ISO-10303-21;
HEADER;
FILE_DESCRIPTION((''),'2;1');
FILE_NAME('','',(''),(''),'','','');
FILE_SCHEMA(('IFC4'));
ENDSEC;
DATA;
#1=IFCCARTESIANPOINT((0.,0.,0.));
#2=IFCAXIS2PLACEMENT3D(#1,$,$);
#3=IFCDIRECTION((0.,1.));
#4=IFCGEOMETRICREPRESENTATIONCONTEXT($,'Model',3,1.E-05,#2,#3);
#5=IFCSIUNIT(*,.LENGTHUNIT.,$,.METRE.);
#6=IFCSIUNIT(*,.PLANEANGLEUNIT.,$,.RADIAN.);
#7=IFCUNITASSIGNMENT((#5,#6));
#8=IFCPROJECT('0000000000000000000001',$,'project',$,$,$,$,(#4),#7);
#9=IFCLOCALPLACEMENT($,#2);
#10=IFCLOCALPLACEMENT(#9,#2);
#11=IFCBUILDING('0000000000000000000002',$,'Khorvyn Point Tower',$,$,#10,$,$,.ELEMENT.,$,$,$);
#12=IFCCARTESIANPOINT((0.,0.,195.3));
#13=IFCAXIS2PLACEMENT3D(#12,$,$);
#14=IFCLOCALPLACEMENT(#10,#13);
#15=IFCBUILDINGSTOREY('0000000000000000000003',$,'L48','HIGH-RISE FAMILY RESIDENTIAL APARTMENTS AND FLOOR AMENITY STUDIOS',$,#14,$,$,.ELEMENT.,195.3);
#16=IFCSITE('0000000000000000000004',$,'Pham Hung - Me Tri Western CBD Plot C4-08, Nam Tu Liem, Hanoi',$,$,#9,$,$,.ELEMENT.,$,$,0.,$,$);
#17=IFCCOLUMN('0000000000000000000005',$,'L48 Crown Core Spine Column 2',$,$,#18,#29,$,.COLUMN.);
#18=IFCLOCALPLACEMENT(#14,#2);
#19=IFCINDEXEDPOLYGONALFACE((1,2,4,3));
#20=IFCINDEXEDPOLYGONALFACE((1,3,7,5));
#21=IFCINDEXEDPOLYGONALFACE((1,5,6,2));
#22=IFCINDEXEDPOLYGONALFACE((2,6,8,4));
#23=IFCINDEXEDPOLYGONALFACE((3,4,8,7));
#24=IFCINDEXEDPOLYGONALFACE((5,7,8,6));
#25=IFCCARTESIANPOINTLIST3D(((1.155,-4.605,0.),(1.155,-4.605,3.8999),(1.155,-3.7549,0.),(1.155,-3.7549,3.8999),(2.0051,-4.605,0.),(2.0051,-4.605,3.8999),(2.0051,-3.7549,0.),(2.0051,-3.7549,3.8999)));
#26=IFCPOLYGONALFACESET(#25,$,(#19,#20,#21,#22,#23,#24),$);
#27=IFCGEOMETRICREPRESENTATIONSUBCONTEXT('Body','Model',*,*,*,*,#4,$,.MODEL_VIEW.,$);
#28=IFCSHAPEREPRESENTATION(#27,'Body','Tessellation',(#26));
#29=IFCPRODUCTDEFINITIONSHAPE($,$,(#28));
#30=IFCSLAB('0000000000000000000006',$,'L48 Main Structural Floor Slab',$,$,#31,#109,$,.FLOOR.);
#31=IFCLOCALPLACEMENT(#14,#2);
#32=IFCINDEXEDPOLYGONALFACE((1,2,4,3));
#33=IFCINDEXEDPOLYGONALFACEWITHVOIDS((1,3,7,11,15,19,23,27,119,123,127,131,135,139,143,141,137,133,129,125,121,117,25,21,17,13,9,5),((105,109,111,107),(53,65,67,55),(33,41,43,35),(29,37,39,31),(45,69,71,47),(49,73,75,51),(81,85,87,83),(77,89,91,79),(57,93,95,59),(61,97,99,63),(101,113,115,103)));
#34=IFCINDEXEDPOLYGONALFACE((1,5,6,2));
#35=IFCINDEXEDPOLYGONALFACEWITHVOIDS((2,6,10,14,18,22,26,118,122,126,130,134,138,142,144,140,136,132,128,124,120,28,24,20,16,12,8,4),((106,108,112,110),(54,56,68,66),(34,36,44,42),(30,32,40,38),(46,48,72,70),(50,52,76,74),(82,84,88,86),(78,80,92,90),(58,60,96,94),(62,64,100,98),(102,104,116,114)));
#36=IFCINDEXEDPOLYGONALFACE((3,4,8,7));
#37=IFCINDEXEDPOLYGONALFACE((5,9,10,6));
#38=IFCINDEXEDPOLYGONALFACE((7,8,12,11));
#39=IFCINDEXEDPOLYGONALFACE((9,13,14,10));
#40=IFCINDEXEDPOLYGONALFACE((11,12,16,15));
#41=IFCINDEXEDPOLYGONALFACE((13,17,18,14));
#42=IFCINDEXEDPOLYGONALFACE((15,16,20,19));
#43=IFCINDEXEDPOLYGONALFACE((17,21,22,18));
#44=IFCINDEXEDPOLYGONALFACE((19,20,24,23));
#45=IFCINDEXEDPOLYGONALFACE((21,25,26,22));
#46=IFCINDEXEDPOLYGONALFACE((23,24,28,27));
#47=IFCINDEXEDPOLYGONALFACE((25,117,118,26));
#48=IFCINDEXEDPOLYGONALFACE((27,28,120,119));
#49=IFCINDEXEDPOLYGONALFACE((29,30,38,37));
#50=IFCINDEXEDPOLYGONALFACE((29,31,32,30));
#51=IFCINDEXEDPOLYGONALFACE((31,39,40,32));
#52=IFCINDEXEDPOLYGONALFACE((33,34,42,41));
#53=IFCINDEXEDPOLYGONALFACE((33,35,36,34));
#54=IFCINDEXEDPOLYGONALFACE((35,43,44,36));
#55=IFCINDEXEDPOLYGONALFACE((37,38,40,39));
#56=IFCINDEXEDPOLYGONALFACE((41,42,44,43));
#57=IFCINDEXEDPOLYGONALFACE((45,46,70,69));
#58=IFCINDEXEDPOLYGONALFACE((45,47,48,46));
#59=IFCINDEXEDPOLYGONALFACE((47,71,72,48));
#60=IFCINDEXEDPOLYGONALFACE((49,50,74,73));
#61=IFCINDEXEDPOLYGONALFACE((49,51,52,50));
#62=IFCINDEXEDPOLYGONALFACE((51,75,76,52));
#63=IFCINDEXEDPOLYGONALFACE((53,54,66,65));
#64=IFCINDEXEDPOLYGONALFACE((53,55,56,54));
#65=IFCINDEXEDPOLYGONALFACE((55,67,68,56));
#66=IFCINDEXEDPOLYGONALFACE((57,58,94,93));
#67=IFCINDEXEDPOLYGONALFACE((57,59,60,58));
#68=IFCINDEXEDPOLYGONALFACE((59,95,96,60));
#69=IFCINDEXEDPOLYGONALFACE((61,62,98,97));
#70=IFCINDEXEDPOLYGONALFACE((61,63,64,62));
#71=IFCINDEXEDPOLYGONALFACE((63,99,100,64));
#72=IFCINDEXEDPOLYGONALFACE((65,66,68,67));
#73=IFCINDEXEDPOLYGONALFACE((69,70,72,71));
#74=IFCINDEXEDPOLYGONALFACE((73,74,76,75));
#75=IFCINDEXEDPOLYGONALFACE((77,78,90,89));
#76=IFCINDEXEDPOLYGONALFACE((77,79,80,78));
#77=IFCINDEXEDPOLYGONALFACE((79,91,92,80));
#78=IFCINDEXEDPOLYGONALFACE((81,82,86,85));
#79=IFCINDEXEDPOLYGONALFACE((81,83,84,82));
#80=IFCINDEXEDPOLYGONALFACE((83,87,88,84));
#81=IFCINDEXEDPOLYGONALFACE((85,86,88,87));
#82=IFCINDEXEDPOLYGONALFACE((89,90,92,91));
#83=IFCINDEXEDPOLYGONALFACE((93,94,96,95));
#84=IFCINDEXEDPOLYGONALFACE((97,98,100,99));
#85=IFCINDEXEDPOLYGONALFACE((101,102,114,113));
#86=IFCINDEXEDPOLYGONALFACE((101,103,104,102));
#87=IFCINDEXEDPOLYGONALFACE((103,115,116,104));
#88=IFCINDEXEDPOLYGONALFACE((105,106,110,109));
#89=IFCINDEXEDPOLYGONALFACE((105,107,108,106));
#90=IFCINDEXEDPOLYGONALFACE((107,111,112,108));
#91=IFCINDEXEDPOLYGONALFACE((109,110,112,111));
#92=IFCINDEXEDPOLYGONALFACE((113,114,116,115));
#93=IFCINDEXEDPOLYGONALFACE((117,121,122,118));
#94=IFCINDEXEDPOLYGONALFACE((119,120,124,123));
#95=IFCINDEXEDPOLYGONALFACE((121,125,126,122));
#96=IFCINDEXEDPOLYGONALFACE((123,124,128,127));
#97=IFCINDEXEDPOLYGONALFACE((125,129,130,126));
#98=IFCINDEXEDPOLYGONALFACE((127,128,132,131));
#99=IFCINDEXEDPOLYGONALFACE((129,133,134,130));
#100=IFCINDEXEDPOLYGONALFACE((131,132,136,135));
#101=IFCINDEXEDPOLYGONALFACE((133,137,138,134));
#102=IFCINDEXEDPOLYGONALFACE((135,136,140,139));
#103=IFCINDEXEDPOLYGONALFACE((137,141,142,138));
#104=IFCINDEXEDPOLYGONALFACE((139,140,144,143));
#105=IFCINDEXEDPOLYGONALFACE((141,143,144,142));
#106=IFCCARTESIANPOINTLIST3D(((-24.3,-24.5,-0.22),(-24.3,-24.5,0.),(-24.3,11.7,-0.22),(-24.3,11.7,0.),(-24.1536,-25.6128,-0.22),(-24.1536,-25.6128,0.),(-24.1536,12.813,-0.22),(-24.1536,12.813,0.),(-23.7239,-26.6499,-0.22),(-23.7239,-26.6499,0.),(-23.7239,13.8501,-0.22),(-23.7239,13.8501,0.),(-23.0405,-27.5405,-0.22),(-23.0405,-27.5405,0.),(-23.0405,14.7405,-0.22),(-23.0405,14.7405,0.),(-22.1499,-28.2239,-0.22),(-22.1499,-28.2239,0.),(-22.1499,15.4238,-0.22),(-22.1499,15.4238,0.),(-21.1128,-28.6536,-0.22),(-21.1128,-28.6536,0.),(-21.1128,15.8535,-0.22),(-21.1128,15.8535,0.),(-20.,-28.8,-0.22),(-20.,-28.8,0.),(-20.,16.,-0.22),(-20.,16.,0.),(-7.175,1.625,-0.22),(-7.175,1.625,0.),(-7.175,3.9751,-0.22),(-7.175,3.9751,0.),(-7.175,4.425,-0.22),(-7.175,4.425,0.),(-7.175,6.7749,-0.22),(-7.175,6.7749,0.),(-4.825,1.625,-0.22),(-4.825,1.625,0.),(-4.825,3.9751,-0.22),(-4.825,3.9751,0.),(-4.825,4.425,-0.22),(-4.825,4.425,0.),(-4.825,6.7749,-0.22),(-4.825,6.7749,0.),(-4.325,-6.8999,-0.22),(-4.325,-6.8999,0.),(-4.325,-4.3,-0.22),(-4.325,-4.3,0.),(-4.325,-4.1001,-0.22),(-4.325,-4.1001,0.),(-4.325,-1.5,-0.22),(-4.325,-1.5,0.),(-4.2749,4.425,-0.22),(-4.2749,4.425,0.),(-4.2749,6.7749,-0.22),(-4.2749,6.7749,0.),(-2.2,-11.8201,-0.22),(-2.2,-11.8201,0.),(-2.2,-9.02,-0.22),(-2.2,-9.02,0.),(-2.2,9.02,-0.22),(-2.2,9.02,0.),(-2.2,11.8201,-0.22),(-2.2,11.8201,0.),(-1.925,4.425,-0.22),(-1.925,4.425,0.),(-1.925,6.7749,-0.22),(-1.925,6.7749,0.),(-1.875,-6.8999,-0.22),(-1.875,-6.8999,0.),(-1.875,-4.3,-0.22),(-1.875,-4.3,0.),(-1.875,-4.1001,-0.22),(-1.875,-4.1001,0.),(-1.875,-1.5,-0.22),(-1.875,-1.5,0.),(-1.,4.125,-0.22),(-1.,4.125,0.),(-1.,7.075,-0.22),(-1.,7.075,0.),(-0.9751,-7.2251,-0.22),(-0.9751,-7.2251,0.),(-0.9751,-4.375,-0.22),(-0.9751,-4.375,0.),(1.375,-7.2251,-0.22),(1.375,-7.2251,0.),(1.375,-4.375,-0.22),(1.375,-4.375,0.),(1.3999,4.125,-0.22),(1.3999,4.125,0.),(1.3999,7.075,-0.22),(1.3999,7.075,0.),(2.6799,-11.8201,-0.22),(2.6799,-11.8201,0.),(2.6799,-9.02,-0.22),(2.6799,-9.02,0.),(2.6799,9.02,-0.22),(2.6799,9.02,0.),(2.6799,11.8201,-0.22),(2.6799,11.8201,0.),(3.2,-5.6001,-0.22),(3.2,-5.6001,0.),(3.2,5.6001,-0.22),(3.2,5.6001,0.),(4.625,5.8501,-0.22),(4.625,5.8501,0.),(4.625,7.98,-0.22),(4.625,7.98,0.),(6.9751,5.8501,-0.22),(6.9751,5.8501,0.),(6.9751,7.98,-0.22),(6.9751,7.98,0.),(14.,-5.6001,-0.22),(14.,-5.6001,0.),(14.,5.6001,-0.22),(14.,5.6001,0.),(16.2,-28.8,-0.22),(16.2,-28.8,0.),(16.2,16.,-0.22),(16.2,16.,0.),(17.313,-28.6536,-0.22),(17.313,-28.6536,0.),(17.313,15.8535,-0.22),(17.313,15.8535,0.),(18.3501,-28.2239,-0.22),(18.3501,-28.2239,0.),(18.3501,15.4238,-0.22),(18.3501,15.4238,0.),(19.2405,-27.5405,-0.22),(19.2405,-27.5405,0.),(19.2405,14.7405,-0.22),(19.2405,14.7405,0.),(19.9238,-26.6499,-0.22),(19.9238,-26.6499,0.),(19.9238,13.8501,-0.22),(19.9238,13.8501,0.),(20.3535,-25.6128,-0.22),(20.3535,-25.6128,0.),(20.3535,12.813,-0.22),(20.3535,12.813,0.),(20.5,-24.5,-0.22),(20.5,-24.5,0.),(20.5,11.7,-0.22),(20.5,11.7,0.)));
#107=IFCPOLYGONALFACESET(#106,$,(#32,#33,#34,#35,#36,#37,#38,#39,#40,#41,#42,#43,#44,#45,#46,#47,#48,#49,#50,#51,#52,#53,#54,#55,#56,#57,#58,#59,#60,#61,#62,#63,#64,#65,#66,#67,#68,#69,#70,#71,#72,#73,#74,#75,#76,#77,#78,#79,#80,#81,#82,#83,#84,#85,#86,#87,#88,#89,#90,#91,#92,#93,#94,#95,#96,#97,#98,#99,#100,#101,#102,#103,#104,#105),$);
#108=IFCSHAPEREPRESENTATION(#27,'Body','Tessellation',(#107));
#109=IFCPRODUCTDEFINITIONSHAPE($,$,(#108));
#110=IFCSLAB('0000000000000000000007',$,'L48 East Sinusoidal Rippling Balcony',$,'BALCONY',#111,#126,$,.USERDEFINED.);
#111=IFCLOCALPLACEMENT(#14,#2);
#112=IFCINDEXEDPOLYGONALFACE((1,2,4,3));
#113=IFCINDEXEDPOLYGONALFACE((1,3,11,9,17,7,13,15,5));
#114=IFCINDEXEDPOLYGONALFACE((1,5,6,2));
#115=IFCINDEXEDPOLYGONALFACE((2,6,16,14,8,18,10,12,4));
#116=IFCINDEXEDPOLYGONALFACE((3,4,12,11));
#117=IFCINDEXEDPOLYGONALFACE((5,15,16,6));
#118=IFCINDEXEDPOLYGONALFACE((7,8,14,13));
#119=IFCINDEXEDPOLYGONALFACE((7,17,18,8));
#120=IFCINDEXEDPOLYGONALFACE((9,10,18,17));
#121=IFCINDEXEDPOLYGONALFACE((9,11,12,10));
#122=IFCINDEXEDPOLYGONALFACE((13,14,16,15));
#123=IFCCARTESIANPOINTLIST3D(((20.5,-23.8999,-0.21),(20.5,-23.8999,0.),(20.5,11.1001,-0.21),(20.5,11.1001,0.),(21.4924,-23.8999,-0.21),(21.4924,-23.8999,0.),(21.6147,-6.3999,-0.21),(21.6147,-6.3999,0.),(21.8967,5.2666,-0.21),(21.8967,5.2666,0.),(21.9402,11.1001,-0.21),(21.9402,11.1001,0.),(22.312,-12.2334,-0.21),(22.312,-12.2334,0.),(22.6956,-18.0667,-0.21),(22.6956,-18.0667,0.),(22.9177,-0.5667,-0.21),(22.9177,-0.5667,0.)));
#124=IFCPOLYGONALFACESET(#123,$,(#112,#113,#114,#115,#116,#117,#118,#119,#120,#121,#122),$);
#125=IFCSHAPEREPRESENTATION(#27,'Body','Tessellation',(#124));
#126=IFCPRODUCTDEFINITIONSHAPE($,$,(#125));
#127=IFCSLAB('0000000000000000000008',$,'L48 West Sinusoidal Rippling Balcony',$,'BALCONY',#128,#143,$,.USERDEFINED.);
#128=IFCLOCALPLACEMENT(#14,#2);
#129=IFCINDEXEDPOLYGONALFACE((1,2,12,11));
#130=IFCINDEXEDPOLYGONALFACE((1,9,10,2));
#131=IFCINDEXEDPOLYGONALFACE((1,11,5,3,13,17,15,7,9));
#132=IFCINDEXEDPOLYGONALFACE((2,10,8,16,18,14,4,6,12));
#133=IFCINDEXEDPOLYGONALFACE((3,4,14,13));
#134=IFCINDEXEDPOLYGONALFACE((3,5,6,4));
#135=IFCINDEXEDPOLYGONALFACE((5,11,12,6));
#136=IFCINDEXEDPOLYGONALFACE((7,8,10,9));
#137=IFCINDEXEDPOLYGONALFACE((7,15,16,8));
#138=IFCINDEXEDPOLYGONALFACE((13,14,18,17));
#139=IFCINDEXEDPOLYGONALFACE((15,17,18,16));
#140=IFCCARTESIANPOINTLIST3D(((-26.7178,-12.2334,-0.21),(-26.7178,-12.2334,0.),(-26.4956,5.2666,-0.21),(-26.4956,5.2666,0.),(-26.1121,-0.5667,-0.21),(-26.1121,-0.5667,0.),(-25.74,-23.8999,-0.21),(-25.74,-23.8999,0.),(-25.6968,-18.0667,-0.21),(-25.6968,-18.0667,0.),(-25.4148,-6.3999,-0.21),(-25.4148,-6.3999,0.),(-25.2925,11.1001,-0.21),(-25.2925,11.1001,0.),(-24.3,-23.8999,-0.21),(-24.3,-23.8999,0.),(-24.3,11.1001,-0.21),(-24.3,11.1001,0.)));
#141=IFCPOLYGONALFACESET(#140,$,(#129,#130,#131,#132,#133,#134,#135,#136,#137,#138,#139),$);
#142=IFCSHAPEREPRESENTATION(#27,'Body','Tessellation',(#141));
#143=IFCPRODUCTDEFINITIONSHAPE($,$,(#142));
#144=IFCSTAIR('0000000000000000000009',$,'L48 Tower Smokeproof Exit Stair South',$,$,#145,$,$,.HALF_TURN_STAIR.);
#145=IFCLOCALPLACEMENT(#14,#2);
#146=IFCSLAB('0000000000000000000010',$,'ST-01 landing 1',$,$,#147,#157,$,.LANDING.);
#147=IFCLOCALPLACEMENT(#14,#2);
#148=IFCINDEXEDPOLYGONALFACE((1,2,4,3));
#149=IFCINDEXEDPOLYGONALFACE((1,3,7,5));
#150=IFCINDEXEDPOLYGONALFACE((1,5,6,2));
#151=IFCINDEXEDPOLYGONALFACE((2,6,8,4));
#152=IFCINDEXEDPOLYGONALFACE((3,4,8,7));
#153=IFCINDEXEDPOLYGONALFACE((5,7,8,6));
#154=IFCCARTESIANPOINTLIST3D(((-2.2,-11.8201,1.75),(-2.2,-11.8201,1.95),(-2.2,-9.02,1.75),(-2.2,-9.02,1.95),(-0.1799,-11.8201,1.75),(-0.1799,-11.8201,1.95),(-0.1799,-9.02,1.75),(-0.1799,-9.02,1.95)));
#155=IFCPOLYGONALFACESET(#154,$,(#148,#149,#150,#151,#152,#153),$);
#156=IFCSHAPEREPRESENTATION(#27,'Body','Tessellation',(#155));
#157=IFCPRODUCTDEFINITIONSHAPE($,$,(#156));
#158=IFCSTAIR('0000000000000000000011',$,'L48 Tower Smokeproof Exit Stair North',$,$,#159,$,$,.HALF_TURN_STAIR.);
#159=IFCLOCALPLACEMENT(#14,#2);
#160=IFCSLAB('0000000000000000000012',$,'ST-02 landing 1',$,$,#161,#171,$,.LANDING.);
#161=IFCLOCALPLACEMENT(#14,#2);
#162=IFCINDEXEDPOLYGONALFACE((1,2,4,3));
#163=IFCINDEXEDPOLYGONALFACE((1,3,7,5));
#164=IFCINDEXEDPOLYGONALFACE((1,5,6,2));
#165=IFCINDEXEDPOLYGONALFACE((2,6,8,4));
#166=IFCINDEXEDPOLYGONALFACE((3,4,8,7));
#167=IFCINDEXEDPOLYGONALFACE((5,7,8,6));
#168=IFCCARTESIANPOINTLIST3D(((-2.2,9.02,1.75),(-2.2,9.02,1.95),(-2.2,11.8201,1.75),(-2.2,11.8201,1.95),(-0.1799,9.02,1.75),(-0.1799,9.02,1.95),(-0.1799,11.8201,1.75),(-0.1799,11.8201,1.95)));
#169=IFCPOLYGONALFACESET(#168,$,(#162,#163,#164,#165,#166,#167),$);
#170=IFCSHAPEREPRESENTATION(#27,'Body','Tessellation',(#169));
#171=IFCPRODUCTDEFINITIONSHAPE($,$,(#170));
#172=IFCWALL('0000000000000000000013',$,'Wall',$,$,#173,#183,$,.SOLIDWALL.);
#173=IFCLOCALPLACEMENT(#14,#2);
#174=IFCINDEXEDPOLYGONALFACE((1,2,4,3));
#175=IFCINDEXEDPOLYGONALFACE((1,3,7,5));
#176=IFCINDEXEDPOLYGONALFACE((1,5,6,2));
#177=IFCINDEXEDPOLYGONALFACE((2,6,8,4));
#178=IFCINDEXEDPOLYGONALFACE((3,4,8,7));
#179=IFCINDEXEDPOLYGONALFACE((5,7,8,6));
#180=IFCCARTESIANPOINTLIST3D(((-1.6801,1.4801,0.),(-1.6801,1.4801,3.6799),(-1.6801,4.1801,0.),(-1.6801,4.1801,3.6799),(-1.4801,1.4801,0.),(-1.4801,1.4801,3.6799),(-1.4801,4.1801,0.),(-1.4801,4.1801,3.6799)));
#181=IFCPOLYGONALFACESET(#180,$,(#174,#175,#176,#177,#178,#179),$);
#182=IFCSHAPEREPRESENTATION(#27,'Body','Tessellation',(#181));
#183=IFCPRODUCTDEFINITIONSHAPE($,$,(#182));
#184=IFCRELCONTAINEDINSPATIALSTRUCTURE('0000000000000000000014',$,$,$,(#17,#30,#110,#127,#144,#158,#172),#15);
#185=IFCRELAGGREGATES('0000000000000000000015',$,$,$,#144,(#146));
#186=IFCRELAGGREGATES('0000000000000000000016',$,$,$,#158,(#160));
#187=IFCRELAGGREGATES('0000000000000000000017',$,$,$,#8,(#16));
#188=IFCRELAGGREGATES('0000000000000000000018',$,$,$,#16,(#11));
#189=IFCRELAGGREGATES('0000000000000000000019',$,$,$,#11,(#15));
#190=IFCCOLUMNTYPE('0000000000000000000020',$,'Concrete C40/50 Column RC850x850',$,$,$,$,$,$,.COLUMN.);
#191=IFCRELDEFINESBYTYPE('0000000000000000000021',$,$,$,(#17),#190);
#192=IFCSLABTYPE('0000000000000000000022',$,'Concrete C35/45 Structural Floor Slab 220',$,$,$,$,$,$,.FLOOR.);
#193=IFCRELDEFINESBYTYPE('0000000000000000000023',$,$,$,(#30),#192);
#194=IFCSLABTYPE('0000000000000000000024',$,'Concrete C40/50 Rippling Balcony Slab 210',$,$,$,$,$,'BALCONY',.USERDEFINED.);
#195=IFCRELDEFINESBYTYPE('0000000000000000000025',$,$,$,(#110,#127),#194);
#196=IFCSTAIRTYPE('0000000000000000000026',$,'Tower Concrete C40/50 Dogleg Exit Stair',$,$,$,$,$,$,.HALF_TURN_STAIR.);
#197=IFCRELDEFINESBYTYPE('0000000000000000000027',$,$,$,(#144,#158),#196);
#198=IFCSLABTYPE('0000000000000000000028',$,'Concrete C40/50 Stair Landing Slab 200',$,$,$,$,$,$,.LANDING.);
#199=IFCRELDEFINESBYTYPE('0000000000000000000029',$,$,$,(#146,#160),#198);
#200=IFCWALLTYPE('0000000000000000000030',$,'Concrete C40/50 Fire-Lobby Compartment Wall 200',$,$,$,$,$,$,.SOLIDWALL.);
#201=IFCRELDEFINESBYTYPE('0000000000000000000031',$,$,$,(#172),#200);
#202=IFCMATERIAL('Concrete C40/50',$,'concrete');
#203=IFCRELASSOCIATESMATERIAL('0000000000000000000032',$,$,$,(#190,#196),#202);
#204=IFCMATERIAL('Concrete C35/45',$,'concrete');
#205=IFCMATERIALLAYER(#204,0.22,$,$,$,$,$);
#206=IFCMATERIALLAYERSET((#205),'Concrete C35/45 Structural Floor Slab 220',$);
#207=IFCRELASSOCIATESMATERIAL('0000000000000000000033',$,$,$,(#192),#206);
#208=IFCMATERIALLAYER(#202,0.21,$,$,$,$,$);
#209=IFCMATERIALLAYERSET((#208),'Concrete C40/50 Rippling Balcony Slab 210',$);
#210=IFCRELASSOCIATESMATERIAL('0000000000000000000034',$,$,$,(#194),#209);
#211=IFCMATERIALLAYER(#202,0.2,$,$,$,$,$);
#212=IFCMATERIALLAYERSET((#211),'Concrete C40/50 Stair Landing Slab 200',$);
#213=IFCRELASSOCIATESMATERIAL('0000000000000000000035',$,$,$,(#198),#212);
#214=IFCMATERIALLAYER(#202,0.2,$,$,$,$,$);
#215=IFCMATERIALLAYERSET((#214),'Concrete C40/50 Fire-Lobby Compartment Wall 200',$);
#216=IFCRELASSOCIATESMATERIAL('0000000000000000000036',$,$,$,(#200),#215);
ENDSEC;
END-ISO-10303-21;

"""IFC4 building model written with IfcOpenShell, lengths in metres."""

from ifc_helpers import new_model, si_unit, direction, frame, frame_2d, origin, origin_2d, place, context, subcontext, project, spatial, polyline, rectangle, outline, extrude, material, layer, layer_set, material_profile, profile_set, type_object, element, aggregate, save


model = new_model("IFC4")

# Units and contexts
model_context = context("Model", 3, precision=1e-05, world=origin(), true_north=direction((0.0, 1.0)))
body_context = subcontext(model_context, "Body", "Model", "MODEL_VIEW")
ifc_project = project(units=[si_unit("LENGTHUNIT", "METRE"), si_unit("PLANEANGLEUNIT", "RADIAN")], contexts=[model_context])

# Site, building, storey
site_placement = place(None, origin())
site = spatial("IfcSite", under=ifc_project, at=site_placement, Name="Pham Hung - Me Tri Western CBD Plot C4-08, Nam Tu Liem, Hanoi", CompositionType="ELEMENT", RefElevation=0.0)
building_placement = place(site_placement, origin())
building = spatial("IfcBuilding", under=site, at=building_placement, Name="Khorvyn Point Tower", CompositionType="ELEMENT")
storey_placement = place(building_placement, frame((0.0, 0.0, 195.3)))
storey = spatial("IfcBuildingStorey", under=building, at=storey_placement, Name="L48", Description="HIGH-RISE FAMILY RESIDENTIAL APARTMENTS AND FLOOR AMENITY STUDIOS", CompositionType="ELEMENT", Elevation=195.3)

# Column
ifc_material_1 = material(Name="Concrete C40/50", Category="concrete")
ifc_material_profile = material_profile(ifc_material_1, rectangle(XDim=0.8501, YDim=0.8501, at=origin_2d()))
ifc_profile_set = profile_set([ifc_material_profile], Name="Concrete C40/50 RC850x850")
column_type = type_object("IfcColumnType", Name="Concrete C40/50 Column RC850x850", PredefinedType="COLUMN", material=ifc_profile_set)
column_placement = place(storey_placement, frame((1.5801, -4.1799, 0.0), z_axis=(0.0, 0.0, 1.0), x_axis=(1.0, 0.0, 0.0)))
element("IfcColumn", 1, at=column_placement, inside=storey, type_object=column_type, Name="L48 Crown Core Spine Column 2", PredefinedType="COLUMN", context=body_context, shape_type="SweptSolid", body=[
    extrude(rectangle(XDim=0.8501, YDim=0.8501, at=origin_2d()), origin(), (0.0, 0.0, 1.0), 3.8999),
])

# Slabs
ifc_material_2 = material(Name="Concrete C35/45", Category="concrete")
ifc_layer_1 = layer(ifc_material_2, 0.22)
ifc_layer_set_1 = layer_set([ifc_layer_1], Name="Concrete C35/45 Structural Floor Slab 220")
slab_type_1 = type_object("IfcSlabType", Name="Concrete C35/45 Structural Floor Slab 220", PredefinedType="FLOOR", material=ifc_layer_set_1)
slab_1_placement = place(storey_placement, frame((0.0, 0.0, -0.22)))
element("IfcSlab", 2, at=slab_1_placement, inside=storey, type_object=slab_type_1, Name="L48 Main Structural Floor Slab", PredefinedType="FLOOR", context=body_context, shape_type="SweptSolid", body=[
    extrude(outline(polyline([(-20.0, -28.8), (-21.1128, -28.6536), (-22.1499, -28.2239), (-23.0405, -27.5405), (-23.7239, -26.6499), (-24.1536, -25.6128), (-24.3, -24.5), (-24.3, 11.7), (-24.1536, 12.813), (-23.7239, 13.8501), (-23.0405, 14.7405), (-22.1499, 15.4238), (-21.1128, 15.8535), (-20.0, 16.0), (16.2, 16.0), (17.313, 15.8535), (18.3501, 15.4238), (19.2405, 14.7405), (19.9238, 13.8501), (20.3535, 12.813), (20.5, 11.7), (20.5, -24.5), (20.3535, -25.6128), (19.9238, -26.6499), (19.2405, -27.5405), (18.3501, -28.2239), (17.313, -28.6536), (16.2, -28.8), (-20.0, -28.8)]), holes=[polyline([(-1.875, -6.8999), (-1.875, -4.3), (-4.325, -4.3), (-4.325, -6.8999), (-1.875, -6.8999)]), polyline([(-1.875, -4.1001), (-1.875, -1.5), (-4.325, -1.5), (-4.325, -4.1001), (-1.875, -4.1001)]), polyline([(-4.825, 1.625), (-4.825, 3.9751), (-7.175, 3.9751), (-7.175, 1.625), (-4.825, 1.625)]), polyline([(-7.175, 4.425), (-4.825, 4.425), (-4.825, 6.7749), (-7.175, 6.7749), (-7.175, 4.425)]), polyline([(-4.2749, 4.425), (-1.925, 4.425), (-1.925, 6.7749), (-4.2749, 6.7749), (-4.2749, 4.425)]), polyline([(1.3999, 4.125), (1.3999, 7.075), (-1.0, 7.075), (-1.0, 4.125), (1.3999, 4.125)]), polyline([(-2.2, -11.8201), (2.6799, -11.8201), (2.6799, -9.02), (-2.2, -9.02), (-2.2, -11.8201)]), polyline([(-0.9751, -7.2251), (1.375, -7.2251), (1.375, -4.375), (-0.9751, -4.375), (-0.9751, -7.2251)]), polyline([(14.0, -5.6001), (14.0, 5.6001), (3.2, 5.6001), (3.2, -5.6001), (14.0, -5.6001)]), polyline([(4.625, 5.8501), (6.9751, 5.8501), (6.9751, 7.98), (4.625, 7.98), (4.625, 5.8501)]), polyline([(-2.2, 9.02), (2.6799, 9.02), (2.6799, 11.8201), (-2.2, 11.8201), (-2.2, 9.02)])]), origin(), (0.0, 0.0, 1.0), 0.22),
])
ifc_layer_2 = layer(ifc_material_1, 0.21)
ifc_layer_set_2 = layer_set([ifc_layer_2], Name="Concrete C40/50 Rippling Balcony Slab 210")
slab_type_2 = type_object("IfcSlabType", Name="Concrete C40/50 Rippling Balcony Slab 210", ElementType="BALCONY", PredefinedType="USERDEFINED", material=ifc_layer_set_2)
slab_2_placement = place(storey_placement, frame((0.0, 0.0, -0.21)))
element("IfcSlab", 3, at=slab_2_placement, inside=storey, type_object=slab_type_2, Name="L48 East Sinusoidal Rippling Balcony", ObjectType="BALCONY", PredefinedType="USERDEFINED", context=body_context, shape_type="SweptSolid", body=[
    extrude(outline(polyline([(20.5, -23.8999), (21.4924, -23.8999), (22.6956, -18.0667), (22.312, -12.2334), (21.6147, -6.3999), (22.9177, -0.5667), (21.8967, 5.2666), (21.9402, 11.1001), (20.5, 11.1001), (20.5, -23.8999)])), origin(), (0.0, 0.0, 1.0), 0.21),
])
slab_3_placement = place(storey_placement, frame((0.0, 0.0, -0.21)))
element("IfcSlab", 4, at=slab_3_placement, inside=storey, type_object=slab_type_2, Name="L48 West Sinusoidal Rippling Balcony", ObjectType="BALCONY", PredefinedType="USERDEFINED", context=body_context, shape_type="SweptSolid", body=[
    extrude(outline(polyline([(-24.3, 11.1001), (-25.2925, 11.1001), (-26.4956, 5.2666), (-26.1121, -0.5667), (-25.4148, -6.3999), (-26.7178, -12.2334), (-25.6968, -18.0667), (-25.74, -23.8999), (-24.3, -23.8999), (-24.3, 11.1001)])), origin(), (0.0, 0.0, 1.0), 0.21),
])

# Stairs, slabs
stair_type = type_object("IfcStairType", Name="Tower Concrete C40/50 Dogleg Exit Stair", PredefinedType="HALF_TURN_STAIR", material=ifc_material_1)
stair_1_placement = place(storey_placement, origin())
stair_1 = element("IfcStair", 5, at=stair_1_placement, inside=storey, type_object=stair_type, Name="L48 Tower Smokeproof Exit Stair South", PredefinedType="HALF_TURN_STAIR")
ifc_layer_3 = layer(ifc_material_1, 0.2)
ifc_layer_set_3 = layer_set([ifc_layer_3], Name="Concrete C40/50 Stair Landing Slab 200")
slab_type_3 = type_object("IfcSlabType", Name="Concrete C40/50 Stair Landing Slab 200", PredefinedType="LANDING", material=ifc_layer_set_3)
slab_4_placement = place(storey_placement, frame((0.0, 0.0, 1.75)))
slab_4 = element("IfcSlab", 6, at=slab_4_placement, type_object=slab_type_3, Name="ST-01 landing 1", PredefinedType="LANDING", context=body_context, shape_type="SweptSolid", body=[
    extrude(outline(polyline([(-0.1799, -9.02), (-2.2, -9.02), (-2.2, -11.8201), (-0.1799, -11.8201), (-0.1799, -9.02)])), origin(), (0.0, 0.0, 1.0), 0.2),
])
aggregate(stair_1, [slab_4])
stair_2_placement = place(storey_placement, origin())
stair_2 = element("IfcStair", 7, at=stair_2_placement, inside=storey, type_object=stair_type, Name="L48 Tower Smokeproof Exit Stair North", PredefinedType="HALF_TURN_STAIR")
slab_5_placement = place(storey_placement, frame((0.0, 0.0, 1.75)))
slab_5 = element("IfcSlab", 8, at=slab_5_placement, type_object=slab_type_3, Name="ST-02 landing 1", PredefinedType="LANDING", context=body_context, shape_type="SweptSolid", body=[
    extrude(outline(polyline([(-0.1799, 11.8201), (-2.2, 11.8201), (-2.2, 9.02), (-0.1799, 9.02), (-0.1799, 11.8201)])), origin(), (0.0, 0.0, 1.0), 0.2),
])
aggregate(stair_2, [slab_5])

# Wall
ifc_layer_4 = layer(ifc_material_1, 0.2)
ifc_layer_set_4 = layer_set([ifc_layer_4], Name="Concrete C40/50 Fire-Lobby Compartment Wall 200")
wall_type_1 = type_object("IfcWallType", Name="Concrete C40/50 Fire-Lobby Compartment Wall 200", PredefinedType="SOLIDWALL", material=ifc_layer_set_4)
wall_1_placement = place(storey_placement, frame((-1.5801, 1.48, 0.0), z_axis=(0.0, 0.0, 1.0), x_axis=(0.0, 1.0, 0.0)))
element("IfcWall", 9, at=wall_1_placement, inside=storey, type_object=wall_type_1, Name="Wall", PredefinedType="SOLIDWALL", context=body_context, shape_type="SweptSolid", body=[
    extrude(rectangle(XDim=2.7, YDim=0.2, at=frame_2d((1.3501, 0.0))), origin(), (0.0, 0.0, 1.0), 3.6799),
])

save(model, "model.ifc")
